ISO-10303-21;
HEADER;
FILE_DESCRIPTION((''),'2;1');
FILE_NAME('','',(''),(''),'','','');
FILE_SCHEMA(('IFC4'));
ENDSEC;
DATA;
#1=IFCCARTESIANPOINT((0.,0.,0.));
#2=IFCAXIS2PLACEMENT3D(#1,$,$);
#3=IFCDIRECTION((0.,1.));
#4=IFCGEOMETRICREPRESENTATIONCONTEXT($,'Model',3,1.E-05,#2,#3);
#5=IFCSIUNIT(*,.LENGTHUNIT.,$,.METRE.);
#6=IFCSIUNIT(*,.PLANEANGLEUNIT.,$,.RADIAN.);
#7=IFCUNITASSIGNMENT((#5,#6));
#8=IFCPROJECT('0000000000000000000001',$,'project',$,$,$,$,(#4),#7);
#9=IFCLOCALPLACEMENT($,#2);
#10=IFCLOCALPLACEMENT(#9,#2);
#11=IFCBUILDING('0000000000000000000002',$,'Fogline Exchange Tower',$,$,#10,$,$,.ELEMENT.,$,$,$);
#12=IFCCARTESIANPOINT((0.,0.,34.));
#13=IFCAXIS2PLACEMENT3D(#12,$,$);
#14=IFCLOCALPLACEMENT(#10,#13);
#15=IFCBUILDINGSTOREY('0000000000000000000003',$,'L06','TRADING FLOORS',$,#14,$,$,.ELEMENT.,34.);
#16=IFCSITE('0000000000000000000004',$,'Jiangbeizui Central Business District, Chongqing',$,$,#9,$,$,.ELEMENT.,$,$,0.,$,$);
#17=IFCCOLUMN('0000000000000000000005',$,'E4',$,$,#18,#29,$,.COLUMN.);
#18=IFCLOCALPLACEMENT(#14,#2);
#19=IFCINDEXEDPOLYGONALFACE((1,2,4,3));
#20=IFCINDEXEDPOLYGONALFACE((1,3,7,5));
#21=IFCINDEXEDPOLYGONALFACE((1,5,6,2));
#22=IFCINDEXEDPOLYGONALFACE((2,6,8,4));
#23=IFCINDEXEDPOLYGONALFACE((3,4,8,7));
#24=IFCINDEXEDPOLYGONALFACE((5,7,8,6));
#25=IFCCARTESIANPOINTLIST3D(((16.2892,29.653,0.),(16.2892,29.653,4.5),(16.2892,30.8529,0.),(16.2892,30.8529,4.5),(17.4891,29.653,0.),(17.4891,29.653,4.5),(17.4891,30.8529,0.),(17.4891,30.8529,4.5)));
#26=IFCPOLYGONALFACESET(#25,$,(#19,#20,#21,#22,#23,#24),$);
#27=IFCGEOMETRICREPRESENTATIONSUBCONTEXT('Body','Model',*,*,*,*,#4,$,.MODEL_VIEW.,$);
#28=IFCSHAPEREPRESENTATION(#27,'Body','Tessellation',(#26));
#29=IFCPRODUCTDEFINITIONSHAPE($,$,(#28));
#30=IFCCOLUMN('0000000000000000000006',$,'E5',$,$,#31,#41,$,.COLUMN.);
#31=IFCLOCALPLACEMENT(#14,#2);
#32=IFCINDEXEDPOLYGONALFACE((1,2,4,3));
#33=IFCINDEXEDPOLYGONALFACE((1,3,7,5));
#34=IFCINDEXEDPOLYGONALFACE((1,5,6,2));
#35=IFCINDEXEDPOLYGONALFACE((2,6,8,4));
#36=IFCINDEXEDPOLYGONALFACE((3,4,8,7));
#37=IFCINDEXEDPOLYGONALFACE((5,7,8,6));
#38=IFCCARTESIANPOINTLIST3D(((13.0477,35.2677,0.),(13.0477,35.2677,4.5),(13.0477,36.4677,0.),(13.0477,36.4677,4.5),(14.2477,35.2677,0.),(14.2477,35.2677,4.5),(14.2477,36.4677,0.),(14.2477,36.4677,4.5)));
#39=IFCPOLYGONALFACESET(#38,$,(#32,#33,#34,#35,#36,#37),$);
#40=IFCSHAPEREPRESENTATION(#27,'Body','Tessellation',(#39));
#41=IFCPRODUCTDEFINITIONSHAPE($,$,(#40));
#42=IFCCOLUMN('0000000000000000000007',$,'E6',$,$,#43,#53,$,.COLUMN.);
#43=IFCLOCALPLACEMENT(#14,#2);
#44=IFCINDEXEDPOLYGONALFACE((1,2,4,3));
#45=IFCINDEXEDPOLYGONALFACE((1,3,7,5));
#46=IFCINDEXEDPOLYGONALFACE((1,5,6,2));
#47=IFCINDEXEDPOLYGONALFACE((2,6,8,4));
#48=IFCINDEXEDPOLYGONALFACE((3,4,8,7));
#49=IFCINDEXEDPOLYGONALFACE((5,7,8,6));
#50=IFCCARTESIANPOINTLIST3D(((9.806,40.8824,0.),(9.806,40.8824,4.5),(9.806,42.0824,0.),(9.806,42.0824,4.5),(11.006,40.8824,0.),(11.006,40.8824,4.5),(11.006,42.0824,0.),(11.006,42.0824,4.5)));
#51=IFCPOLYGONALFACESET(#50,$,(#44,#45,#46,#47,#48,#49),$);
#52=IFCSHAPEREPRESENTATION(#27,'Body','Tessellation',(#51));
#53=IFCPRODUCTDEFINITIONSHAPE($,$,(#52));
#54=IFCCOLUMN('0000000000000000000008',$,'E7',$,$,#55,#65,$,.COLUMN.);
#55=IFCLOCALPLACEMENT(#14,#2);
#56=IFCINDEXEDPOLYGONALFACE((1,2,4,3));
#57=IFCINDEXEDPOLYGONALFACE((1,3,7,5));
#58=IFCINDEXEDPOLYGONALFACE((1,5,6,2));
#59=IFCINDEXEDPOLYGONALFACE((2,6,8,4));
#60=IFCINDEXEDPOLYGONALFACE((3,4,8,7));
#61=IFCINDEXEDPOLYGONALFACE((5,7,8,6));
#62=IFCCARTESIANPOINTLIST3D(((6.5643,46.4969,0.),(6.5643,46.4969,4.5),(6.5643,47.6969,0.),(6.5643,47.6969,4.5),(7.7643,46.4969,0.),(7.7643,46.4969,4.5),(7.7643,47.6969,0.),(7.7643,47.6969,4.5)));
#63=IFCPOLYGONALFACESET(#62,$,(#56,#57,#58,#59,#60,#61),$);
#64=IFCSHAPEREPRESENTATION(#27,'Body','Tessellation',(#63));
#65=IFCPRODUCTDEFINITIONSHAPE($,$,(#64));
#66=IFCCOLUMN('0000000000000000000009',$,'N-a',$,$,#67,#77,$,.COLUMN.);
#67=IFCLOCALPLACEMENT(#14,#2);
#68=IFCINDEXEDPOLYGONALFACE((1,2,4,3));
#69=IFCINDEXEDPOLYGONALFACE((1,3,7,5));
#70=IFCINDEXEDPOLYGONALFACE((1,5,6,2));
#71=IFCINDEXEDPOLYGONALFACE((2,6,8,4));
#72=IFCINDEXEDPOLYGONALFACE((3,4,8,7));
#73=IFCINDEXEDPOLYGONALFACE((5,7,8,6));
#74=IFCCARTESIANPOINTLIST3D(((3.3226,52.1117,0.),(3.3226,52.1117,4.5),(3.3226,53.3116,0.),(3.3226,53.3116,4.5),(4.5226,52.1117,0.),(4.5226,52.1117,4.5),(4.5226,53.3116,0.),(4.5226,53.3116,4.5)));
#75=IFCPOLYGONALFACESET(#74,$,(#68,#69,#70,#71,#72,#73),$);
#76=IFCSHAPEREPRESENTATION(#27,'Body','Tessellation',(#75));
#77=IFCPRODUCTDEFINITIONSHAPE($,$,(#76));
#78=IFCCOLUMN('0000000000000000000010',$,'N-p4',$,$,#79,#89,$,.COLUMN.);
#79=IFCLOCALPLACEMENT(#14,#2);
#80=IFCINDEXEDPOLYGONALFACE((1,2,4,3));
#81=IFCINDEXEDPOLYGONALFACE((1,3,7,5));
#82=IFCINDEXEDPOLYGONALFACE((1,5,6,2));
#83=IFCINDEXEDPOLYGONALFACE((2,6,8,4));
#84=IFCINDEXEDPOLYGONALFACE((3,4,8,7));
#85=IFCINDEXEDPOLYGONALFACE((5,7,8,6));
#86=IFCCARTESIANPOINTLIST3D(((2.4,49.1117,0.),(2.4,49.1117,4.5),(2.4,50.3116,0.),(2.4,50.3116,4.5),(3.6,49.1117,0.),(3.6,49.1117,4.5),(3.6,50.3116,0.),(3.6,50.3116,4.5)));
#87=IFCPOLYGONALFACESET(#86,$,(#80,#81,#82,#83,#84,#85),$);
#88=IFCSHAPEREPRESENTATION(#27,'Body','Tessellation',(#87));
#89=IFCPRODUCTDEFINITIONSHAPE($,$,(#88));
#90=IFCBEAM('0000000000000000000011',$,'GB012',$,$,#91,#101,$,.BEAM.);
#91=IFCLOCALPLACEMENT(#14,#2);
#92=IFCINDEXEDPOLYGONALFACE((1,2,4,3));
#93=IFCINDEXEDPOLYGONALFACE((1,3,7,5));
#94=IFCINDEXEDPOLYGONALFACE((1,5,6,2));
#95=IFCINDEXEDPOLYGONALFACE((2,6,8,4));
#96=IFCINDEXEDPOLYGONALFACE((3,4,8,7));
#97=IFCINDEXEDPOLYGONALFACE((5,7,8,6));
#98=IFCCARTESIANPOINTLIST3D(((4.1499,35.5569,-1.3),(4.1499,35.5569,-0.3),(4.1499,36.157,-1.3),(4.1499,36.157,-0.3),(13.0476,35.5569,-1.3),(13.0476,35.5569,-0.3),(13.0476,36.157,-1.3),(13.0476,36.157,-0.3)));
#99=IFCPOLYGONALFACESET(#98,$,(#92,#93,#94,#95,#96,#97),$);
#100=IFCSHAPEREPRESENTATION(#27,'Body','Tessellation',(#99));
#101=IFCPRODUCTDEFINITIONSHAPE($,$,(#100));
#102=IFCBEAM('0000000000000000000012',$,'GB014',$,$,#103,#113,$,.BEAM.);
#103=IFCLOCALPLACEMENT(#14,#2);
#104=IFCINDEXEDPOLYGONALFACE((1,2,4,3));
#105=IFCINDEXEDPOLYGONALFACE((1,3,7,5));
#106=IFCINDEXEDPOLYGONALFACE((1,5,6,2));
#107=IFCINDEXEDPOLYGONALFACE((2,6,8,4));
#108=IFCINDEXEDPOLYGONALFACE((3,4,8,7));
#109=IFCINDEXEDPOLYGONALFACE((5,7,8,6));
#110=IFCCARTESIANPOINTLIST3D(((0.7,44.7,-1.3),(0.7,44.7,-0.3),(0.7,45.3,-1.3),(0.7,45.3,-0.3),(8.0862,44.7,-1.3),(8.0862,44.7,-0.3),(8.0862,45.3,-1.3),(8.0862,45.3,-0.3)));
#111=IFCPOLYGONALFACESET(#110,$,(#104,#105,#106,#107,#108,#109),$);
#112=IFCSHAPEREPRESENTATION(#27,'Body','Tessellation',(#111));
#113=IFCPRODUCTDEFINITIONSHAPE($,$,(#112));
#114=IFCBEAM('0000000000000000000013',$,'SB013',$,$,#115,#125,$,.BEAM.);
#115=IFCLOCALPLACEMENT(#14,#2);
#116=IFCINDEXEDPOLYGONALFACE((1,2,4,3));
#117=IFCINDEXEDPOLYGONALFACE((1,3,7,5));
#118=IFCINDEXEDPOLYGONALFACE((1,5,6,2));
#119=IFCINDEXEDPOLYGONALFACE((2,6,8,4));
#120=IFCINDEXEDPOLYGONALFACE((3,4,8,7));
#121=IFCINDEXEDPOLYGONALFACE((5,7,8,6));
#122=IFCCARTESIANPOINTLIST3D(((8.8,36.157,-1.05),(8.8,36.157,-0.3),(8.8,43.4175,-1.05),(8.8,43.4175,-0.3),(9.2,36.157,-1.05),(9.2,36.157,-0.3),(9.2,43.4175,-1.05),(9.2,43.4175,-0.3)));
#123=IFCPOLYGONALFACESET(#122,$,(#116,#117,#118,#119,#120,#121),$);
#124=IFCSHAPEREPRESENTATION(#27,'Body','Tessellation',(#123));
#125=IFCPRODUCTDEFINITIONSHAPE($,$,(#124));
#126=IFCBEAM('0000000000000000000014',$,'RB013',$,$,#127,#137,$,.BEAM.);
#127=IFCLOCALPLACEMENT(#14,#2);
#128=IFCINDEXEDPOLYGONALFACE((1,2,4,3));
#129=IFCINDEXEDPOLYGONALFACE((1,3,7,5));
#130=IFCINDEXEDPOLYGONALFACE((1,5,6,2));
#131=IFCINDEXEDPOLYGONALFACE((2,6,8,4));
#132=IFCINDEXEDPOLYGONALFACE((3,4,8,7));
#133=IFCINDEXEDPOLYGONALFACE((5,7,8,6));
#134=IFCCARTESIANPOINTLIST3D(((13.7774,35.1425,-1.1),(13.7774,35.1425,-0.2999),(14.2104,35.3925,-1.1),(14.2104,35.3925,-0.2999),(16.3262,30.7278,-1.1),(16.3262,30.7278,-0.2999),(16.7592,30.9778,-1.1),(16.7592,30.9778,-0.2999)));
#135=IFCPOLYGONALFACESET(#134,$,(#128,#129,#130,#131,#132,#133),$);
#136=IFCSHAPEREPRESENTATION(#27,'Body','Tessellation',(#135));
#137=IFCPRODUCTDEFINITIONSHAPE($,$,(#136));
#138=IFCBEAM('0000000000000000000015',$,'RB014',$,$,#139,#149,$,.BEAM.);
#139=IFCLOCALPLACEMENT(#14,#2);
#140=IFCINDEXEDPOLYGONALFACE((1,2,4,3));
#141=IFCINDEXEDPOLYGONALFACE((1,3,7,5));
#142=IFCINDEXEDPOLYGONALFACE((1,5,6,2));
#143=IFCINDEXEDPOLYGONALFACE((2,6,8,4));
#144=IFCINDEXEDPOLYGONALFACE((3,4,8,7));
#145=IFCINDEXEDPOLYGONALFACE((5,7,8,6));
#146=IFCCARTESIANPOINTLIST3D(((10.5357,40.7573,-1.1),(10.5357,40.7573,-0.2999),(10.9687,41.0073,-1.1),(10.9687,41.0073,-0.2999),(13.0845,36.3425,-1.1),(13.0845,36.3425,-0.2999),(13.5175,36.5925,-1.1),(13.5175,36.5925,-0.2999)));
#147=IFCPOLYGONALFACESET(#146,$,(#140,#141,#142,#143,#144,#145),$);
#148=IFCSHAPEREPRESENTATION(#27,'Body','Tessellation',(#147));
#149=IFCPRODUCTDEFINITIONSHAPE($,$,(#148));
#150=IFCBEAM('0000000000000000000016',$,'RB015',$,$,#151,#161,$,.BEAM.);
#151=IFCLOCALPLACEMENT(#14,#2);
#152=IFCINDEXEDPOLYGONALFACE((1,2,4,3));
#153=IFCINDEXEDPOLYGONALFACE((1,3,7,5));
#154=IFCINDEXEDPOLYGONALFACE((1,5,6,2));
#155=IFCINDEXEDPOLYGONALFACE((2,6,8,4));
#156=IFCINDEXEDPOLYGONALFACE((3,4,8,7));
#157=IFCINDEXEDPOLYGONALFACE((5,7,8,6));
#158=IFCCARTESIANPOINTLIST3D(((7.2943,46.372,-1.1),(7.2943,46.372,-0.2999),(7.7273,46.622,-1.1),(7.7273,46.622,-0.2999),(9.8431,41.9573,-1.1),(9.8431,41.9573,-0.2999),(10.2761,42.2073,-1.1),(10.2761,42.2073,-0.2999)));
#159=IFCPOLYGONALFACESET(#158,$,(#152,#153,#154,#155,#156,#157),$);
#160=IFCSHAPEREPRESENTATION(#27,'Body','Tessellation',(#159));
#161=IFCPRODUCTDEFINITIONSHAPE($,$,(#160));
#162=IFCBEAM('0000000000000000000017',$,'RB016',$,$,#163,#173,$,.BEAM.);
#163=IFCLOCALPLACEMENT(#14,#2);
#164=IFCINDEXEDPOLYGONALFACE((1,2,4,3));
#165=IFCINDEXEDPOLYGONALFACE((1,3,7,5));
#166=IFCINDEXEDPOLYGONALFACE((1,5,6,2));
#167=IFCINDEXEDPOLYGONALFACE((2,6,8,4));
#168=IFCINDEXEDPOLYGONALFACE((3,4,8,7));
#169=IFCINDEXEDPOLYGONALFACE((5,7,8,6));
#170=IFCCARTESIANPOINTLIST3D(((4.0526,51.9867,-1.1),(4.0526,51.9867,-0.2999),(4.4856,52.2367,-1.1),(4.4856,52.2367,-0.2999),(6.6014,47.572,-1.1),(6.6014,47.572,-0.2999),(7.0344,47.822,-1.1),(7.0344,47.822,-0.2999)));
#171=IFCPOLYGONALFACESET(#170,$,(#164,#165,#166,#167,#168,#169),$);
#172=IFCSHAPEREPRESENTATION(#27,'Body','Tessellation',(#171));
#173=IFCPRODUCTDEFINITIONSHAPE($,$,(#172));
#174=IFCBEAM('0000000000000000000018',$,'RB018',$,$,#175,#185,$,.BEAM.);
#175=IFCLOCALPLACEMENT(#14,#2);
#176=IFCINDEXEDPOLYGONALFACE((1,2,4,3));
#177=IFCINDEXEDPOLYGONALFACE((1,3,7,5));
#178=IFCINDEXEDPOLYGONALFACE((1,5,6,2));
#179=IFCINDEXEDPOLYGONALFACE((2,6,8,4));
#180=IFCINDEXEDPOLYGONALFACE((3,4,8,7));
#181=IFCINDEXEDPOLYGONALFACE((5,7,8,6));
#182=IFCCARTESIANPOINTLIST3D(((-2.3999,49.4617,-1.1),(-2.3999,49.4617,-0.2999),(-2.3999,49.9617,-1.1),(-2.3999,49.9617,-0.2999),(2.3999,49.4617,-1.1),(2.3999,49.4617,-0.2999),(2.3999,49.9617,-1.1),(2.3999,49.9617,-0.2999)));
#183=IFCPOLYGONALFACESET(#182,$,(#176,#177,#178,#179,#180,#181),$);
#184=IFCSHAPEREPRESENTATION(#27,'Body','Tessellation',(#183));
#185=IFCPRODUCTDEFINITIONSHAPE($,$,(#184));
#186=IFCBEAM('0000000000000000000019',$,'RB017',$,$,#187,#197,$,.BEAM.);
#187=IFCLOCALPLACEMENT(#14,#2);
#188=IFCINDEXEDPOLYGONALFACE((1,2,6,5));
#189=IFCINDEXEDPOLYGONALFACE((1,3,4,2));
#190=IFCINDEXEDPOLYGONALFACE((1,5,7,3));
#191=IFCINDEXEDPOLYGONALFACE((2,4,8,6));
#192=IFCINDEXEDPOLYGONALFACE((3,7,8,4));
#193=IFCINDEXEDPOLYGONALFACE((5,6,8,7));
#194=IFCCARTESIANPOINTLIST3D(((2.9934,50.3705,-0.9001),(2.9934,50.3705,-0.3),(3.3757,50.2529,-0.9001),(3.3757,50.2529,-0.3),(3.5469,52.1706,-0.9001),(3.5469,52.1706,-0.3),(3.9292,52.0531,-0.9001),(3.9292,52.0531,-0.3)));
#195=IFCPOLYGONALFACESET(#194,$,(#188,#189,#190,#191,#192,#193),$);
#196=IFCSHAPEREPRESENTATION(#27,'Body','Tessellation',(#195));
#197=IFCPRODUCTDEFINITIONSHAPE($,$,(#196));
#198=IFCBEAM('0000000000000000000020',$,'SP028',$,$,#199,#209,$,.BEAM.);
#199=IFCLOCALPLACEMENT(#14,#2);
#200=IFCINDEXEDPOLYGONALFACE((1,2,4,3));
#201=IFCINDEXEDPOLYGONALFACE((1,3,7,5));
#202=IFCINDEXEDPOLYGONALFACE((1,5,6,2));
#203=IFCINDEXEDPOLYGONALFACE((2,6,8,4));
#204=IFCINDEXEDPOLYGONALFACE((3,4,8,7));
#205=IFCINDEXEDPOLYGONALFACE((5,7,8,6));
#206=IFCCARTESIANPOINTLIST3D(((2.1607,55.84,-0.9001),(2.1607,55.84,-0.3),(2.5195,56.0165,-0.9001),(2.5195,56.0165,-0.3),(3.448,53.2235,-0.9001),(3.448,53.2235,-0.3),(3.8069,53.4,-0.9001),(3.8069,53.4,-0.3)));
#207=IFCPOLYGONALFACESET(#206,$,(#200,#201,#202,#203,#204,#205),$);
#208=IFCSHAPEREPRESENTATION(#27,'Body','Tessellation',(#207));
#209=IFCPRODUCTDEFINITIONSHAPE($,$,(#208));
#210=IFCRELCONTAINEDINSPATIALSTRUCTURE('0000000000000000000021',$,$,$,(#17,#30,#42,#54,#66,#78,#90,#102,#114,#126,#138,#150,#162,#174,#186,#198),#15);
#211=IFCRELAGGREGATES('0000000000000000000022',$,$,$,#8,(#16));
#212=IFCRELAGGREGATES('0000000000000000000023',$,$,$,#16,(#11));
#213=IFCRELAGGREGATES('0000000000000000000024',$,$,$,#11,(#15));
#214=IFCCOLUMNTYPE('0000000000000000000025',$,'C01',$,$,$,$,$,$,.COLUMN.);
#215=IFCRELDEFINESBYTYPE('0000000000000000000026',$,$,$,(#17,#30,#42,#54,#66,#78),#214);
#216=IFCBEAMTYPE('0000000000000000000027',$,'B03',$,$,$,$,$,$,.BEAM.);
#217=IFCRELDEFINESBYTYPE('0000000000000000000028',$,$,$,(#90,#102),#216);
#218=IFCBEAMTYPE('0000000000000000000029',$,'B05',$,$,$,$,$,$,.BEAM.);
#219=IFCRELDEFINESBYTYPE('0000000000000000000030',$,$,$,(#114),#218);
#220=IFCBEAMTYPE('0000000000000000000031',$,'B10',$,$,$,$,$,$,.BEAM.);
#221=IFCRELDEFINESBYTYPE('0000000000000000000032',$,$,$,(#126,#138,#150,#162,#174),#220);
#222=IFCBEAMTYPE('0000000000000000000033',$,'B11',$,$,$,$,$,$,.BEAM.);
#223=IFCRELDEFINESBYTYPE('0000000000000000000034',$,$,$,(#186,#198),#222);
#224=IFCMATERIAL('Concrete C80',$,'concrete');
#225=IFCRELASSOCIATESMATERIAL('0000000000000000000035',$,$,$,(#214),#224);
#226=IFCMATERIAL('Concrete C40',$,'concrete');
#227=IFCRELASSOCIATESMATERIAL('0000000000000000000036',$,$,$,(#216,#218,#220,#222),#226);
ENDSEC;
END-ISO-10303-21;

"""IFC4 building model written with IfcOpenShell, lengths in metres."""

from ifc_helpers import new_model, si_unit, direction, frame, origin, origin_2d, place, context, subcontext, project, spatial, rectangle, extrude, material, material_profile, profile_set, type_object, element, save


model = new_model("IFC4")

# Units and contexts
model_context = context("Model", 3, precision=1e-05, world=origin(), true_north=direction((0.0, 1.0)))
body_context = subcontext(model_context, "Body", "Model", "MODEL_VIEW")
ifc_project = project(units=[si_unit("LENGTHUNIT", "METRE"), si_unit("PLANEANGLEUNIT", "RADIAN")], contexts=[model_context])

# Site, building, storey
site_placement = place(None, origin())
site = spatial("IfcSite", under=ifc_project, at=site_placement, Name="Jiangbeizui Central Business District, Chongqing", CompositionType="ELEMENT", RefElevation=0.0)
building_placement = place(site_placement, origin())
building = spatial("IfcBuilding", under=site, at=building_placement, Name="Fogline Exchange Tower", CompositionType="ELEMENT")
storey_placement = place(building_placement, frame((0.0, 0.0, 34.0)))
storey = spatial("IfcBuildingStorey", under=building, at=storey_placement, Name="L06", Description="TRADING FLOORS", CompositionType="ELEMENT", Elevation=34.0)

# Columns
ifc_material_1 = material(Name="Concrete C80", Category="concrete")
ifc_material_profile_1 = material_profile(ifc_material_1, rectangle(XDim=1.2, YDim=1.2, at=origin_2d()), Name="RC 1200x1200")
ifc_profile_set_1 = profile_set([ifc_material_profile_1], Name="Concrete C80")
column_type = type_object("IfcColumnType", Name="C01", PredefinedType="COLUMN", material=ifc_profile_set_1)
for number, where, z_axis, x_axis, name in (
    (1, (16.8892, 30.2529, 0.0), (0.0, 0.0, 1.0), (1.0, 0.0, 0.0), "E4"),
    (2, (13.6477, 35.8677, 0.0), (0.0, 0.0, 1.0), (1.0, 0.0, 0.0), "E5"),
    (3, (10.406, 41.4824, 0.0), (0.0, 0.0, 1.0), (1.0, 0.0, 0.0), "E6"),
    (4, (7.1643, 47.0969, 0.0), (0.0, 0.0, 1.0), (1.0, 0.0, 0.0), "E7"),
    (5, (3.9226, 52.7117, 0.0), (0.0, 0.0, 1.0), (1.0, 0.0, 0.0), "N-a"),
    (6, (3.0, 49.7117, 0.0), (0.0, 0.0, 1.0), (1.0, 0.0, 0.0), "N-p4"),
):
    element("IfcColumn", number, at=place(storey_placement, frame(where, z_axis=z_axis, x_axis=x_axis)), inside=storey, type_object=column_type, Name=name, PredefinedType="COLUMN", context=body_context, shape_type="SweptSolid", body=[
        extrude(rectangle(XDim=1.2, YDim=1.2, at=origin_2d()), origin(), (0.0, 0.0, 1.0), 4.5),
    ])

# Beams
ifc_material_2 = material(Name="Concrete C40", Category="concrete")
ifc_material_profile_2 = material_profile(ifc_material_2, rectangle(XDim=0.6001, YDim=1.0, at=origin_2d()), Name="RC 600x1000")
ifc_profile_set_2 = profile_set([ifc_material_profile_2], Name="Concrete C40")
beam_type_1 = type_object("IfcBeamType", Name="B03", PredefinedType="BEAM", material=ifc_profile_set_2)
beam_1_placement = place(storey_placement, frame((4.1499, 35.8569, -0.8), z_axis=(1.0, 0.0, 0.0), x_axis=(0.0, 1.0, 0.0)))
element("IfcBeam", 7, at=beam_1_placement, inside=storey, type_object=beam_type_1, Name="GB012", PredefinedType="BEAM", context=body_context, shape_type="SweptSolid", body=[
    extrude(rectangle(XDim=0.6001, YDim=1.0, at=origin_2d()), origin(), (0.0, 0.0, 1.0), 8.8977),
])
beam_2_placement = place(storey_placement, frame((0.7, 45.0, -0.8), z_axis=(1.0, 0.0, 0.0), x_axis=(0.0, 1.0, 0.0)))
element("IfcBeam", 8, at=beam_2_placement, inside=storey, type_object=beam_type_1, Name="GB014", PredefinedType="BEAM", context=body_context, shape_type="SweptSolid", body=[
    extrude(rectangle(XDim=0.6001, YDim=1.0, at=origin_2d()), origin(), (0.0, 0.0, 1.0), 7.3862),
])
ifc_material_profile_3 = material_profile(ifc_material_2, rectangle(XDim=0.3999, YDim=0.75, at=origin_2d()), Name="RC 400x750")
ifc_profile_set_3 = profile_set([ifc_material_profile_3], Name="Concrete C40")
beam_type_2 = type_object("IfcBeamType", Name="B05", PredefinedType="BEAM", material=ifc_profile_set_3)
beam_3_placement = place(storey_placement, frame((9.0, 36.157, -0.675), z_axis=(0.0, 1.0, 0.0), x_axis=(-1.0, 0.0, 0.0)))
element("IfcBeam", 9, at=beam_3_placement, inside=storey, type_object=beam_type_2, Name="SB013", PredefinedType="BEAM", context=body_context, shape_type="SweptSolid", body=[
    extrude(rectangle(XDim=0.3999, YDim=0.75, at=origin_2d()), origin(), (0.0, 0.0, 1.0), 7.2605),
])
ifc_material_profile_4 = material_profile(ifc_material_2, rectangle(XDim=0.5, YDim=0.8, at=origin_2d()), Name="RC 500x800")
ifc_profile_set_4 = profile_set([ifc_material_profile_4], Name="Concrete C40")
beam_type_3 = type_object("IfcBeamType", Name="B10", PredefinedType="BEAM", material=ifc_profile_set_4)
for number, where, z_axis, x_axis, name in (
    (10, (16.5427, 30.8528, -0.7), (-0.499992, 0.86603, 0.0), (-0.86603, -0.499992, 0.0), "RB013"),
    (11, (13.301, 36.4675, -0.7), (-0.499992, 0.86603, 0.0), (-0.86603, -0.499992, 0.0), "RB014"),
    (12, (10.0596, 42.0823, -0.7), (-0.499992, 0.86603, 0.0), (-0.86603, -0.499992, 0.0), "RB015"),
    (13, (6.8179, 47.697, -0.7), (-0.499992, 0.86603, 0.0), (-0.86603, -0.499992, 0.0), "RB016"),
):
    element("IfcBeam", number, at=place(storey_placement, frame(where, z_axis=z_axis, x_axis=x_axis)), inside=storey, type_object=beam_type_3, Name=name, PredefinedType="BEAM", context=body_context, shape_type="SweptSolid", body=[
        extrude(rectangle(XDim=0.5, YDim=0.8, at=origin_2d()), origin(), (0.0, 0.0, 1.0), 5.0977),
    ])
beam_4_placement = place(storey_placement, frame((2.3999, 49.7117, -0.7), z_axis=(-1.0, 0.0, 0.0), x_axis=(0.0, -1.0, 0.0)))
element("IfcBeam", 14, at=beam_4_placement, inside=storey, type_object=beam_type_3, Name="RB018", PredefinedType="BEAM", context=body_context, shape_type="SweptSolid", body=[
    extrude(rectangle(XDim=0.5, YDim=0.8, at=origin_2d()), origin(), (0.0, 0.0, 1.0), 4.7998),
])
ifc_material_profile_5 = material_profile(ifc_material_2, rectangle(XDim=0.3999, YDim=0.6001, at=origin_2d()), Name="RC 400x600")
ifc_profile_set_5 = profile_set([ifc_material_profile_5], Name="Concrete C40")
beam_type_4 = type_object("IfcBeamType", Name="B11", PredefinedType="BEAM", material=ifc_profile_set_5)
beam_5_placement = place(storey_placement, frame((3.738, 52.1118, -0.6001), z_axis=(-0.293895, -0.955838, 0.0), x_axis=(0.955838, -0.293895, 0.0)))
element("IfcBeam", 15, at=beam_5_placement, inside=storey, type_object=beam_type_4, Name="RB017", PredefinedType="BEAM", context=body_context, shape_type="SweptSolid", body=[
    extrude(rectangle(XDim=0.3999, YDim=0.6001, at=origin_2d()), origin(), (0.0, 0.0, 1.0), 1.8833),
])
beam_6_placement = place(storey_placement, frame((3.6274, 53.3118, -0.6001), z_axis=(-0.441478, 0.897272, 0.0), x_axis=(-0.897272, -0.441478, 0.0)))
element("IfcBeam", 16, at=beam_6_placement, inside=storey, type_object=beam_type_4, Name="SP028", PredefinedType="BEAM", context=body_context, shape_type="SweptSolid", body=[
    extrude(rectangle(XDim=0.3999, YDim=0.6001, at=origin_2d()), origin(), (0.0, 0.0, 1.0), 2.916),
])

save(model, "model.ifc")
